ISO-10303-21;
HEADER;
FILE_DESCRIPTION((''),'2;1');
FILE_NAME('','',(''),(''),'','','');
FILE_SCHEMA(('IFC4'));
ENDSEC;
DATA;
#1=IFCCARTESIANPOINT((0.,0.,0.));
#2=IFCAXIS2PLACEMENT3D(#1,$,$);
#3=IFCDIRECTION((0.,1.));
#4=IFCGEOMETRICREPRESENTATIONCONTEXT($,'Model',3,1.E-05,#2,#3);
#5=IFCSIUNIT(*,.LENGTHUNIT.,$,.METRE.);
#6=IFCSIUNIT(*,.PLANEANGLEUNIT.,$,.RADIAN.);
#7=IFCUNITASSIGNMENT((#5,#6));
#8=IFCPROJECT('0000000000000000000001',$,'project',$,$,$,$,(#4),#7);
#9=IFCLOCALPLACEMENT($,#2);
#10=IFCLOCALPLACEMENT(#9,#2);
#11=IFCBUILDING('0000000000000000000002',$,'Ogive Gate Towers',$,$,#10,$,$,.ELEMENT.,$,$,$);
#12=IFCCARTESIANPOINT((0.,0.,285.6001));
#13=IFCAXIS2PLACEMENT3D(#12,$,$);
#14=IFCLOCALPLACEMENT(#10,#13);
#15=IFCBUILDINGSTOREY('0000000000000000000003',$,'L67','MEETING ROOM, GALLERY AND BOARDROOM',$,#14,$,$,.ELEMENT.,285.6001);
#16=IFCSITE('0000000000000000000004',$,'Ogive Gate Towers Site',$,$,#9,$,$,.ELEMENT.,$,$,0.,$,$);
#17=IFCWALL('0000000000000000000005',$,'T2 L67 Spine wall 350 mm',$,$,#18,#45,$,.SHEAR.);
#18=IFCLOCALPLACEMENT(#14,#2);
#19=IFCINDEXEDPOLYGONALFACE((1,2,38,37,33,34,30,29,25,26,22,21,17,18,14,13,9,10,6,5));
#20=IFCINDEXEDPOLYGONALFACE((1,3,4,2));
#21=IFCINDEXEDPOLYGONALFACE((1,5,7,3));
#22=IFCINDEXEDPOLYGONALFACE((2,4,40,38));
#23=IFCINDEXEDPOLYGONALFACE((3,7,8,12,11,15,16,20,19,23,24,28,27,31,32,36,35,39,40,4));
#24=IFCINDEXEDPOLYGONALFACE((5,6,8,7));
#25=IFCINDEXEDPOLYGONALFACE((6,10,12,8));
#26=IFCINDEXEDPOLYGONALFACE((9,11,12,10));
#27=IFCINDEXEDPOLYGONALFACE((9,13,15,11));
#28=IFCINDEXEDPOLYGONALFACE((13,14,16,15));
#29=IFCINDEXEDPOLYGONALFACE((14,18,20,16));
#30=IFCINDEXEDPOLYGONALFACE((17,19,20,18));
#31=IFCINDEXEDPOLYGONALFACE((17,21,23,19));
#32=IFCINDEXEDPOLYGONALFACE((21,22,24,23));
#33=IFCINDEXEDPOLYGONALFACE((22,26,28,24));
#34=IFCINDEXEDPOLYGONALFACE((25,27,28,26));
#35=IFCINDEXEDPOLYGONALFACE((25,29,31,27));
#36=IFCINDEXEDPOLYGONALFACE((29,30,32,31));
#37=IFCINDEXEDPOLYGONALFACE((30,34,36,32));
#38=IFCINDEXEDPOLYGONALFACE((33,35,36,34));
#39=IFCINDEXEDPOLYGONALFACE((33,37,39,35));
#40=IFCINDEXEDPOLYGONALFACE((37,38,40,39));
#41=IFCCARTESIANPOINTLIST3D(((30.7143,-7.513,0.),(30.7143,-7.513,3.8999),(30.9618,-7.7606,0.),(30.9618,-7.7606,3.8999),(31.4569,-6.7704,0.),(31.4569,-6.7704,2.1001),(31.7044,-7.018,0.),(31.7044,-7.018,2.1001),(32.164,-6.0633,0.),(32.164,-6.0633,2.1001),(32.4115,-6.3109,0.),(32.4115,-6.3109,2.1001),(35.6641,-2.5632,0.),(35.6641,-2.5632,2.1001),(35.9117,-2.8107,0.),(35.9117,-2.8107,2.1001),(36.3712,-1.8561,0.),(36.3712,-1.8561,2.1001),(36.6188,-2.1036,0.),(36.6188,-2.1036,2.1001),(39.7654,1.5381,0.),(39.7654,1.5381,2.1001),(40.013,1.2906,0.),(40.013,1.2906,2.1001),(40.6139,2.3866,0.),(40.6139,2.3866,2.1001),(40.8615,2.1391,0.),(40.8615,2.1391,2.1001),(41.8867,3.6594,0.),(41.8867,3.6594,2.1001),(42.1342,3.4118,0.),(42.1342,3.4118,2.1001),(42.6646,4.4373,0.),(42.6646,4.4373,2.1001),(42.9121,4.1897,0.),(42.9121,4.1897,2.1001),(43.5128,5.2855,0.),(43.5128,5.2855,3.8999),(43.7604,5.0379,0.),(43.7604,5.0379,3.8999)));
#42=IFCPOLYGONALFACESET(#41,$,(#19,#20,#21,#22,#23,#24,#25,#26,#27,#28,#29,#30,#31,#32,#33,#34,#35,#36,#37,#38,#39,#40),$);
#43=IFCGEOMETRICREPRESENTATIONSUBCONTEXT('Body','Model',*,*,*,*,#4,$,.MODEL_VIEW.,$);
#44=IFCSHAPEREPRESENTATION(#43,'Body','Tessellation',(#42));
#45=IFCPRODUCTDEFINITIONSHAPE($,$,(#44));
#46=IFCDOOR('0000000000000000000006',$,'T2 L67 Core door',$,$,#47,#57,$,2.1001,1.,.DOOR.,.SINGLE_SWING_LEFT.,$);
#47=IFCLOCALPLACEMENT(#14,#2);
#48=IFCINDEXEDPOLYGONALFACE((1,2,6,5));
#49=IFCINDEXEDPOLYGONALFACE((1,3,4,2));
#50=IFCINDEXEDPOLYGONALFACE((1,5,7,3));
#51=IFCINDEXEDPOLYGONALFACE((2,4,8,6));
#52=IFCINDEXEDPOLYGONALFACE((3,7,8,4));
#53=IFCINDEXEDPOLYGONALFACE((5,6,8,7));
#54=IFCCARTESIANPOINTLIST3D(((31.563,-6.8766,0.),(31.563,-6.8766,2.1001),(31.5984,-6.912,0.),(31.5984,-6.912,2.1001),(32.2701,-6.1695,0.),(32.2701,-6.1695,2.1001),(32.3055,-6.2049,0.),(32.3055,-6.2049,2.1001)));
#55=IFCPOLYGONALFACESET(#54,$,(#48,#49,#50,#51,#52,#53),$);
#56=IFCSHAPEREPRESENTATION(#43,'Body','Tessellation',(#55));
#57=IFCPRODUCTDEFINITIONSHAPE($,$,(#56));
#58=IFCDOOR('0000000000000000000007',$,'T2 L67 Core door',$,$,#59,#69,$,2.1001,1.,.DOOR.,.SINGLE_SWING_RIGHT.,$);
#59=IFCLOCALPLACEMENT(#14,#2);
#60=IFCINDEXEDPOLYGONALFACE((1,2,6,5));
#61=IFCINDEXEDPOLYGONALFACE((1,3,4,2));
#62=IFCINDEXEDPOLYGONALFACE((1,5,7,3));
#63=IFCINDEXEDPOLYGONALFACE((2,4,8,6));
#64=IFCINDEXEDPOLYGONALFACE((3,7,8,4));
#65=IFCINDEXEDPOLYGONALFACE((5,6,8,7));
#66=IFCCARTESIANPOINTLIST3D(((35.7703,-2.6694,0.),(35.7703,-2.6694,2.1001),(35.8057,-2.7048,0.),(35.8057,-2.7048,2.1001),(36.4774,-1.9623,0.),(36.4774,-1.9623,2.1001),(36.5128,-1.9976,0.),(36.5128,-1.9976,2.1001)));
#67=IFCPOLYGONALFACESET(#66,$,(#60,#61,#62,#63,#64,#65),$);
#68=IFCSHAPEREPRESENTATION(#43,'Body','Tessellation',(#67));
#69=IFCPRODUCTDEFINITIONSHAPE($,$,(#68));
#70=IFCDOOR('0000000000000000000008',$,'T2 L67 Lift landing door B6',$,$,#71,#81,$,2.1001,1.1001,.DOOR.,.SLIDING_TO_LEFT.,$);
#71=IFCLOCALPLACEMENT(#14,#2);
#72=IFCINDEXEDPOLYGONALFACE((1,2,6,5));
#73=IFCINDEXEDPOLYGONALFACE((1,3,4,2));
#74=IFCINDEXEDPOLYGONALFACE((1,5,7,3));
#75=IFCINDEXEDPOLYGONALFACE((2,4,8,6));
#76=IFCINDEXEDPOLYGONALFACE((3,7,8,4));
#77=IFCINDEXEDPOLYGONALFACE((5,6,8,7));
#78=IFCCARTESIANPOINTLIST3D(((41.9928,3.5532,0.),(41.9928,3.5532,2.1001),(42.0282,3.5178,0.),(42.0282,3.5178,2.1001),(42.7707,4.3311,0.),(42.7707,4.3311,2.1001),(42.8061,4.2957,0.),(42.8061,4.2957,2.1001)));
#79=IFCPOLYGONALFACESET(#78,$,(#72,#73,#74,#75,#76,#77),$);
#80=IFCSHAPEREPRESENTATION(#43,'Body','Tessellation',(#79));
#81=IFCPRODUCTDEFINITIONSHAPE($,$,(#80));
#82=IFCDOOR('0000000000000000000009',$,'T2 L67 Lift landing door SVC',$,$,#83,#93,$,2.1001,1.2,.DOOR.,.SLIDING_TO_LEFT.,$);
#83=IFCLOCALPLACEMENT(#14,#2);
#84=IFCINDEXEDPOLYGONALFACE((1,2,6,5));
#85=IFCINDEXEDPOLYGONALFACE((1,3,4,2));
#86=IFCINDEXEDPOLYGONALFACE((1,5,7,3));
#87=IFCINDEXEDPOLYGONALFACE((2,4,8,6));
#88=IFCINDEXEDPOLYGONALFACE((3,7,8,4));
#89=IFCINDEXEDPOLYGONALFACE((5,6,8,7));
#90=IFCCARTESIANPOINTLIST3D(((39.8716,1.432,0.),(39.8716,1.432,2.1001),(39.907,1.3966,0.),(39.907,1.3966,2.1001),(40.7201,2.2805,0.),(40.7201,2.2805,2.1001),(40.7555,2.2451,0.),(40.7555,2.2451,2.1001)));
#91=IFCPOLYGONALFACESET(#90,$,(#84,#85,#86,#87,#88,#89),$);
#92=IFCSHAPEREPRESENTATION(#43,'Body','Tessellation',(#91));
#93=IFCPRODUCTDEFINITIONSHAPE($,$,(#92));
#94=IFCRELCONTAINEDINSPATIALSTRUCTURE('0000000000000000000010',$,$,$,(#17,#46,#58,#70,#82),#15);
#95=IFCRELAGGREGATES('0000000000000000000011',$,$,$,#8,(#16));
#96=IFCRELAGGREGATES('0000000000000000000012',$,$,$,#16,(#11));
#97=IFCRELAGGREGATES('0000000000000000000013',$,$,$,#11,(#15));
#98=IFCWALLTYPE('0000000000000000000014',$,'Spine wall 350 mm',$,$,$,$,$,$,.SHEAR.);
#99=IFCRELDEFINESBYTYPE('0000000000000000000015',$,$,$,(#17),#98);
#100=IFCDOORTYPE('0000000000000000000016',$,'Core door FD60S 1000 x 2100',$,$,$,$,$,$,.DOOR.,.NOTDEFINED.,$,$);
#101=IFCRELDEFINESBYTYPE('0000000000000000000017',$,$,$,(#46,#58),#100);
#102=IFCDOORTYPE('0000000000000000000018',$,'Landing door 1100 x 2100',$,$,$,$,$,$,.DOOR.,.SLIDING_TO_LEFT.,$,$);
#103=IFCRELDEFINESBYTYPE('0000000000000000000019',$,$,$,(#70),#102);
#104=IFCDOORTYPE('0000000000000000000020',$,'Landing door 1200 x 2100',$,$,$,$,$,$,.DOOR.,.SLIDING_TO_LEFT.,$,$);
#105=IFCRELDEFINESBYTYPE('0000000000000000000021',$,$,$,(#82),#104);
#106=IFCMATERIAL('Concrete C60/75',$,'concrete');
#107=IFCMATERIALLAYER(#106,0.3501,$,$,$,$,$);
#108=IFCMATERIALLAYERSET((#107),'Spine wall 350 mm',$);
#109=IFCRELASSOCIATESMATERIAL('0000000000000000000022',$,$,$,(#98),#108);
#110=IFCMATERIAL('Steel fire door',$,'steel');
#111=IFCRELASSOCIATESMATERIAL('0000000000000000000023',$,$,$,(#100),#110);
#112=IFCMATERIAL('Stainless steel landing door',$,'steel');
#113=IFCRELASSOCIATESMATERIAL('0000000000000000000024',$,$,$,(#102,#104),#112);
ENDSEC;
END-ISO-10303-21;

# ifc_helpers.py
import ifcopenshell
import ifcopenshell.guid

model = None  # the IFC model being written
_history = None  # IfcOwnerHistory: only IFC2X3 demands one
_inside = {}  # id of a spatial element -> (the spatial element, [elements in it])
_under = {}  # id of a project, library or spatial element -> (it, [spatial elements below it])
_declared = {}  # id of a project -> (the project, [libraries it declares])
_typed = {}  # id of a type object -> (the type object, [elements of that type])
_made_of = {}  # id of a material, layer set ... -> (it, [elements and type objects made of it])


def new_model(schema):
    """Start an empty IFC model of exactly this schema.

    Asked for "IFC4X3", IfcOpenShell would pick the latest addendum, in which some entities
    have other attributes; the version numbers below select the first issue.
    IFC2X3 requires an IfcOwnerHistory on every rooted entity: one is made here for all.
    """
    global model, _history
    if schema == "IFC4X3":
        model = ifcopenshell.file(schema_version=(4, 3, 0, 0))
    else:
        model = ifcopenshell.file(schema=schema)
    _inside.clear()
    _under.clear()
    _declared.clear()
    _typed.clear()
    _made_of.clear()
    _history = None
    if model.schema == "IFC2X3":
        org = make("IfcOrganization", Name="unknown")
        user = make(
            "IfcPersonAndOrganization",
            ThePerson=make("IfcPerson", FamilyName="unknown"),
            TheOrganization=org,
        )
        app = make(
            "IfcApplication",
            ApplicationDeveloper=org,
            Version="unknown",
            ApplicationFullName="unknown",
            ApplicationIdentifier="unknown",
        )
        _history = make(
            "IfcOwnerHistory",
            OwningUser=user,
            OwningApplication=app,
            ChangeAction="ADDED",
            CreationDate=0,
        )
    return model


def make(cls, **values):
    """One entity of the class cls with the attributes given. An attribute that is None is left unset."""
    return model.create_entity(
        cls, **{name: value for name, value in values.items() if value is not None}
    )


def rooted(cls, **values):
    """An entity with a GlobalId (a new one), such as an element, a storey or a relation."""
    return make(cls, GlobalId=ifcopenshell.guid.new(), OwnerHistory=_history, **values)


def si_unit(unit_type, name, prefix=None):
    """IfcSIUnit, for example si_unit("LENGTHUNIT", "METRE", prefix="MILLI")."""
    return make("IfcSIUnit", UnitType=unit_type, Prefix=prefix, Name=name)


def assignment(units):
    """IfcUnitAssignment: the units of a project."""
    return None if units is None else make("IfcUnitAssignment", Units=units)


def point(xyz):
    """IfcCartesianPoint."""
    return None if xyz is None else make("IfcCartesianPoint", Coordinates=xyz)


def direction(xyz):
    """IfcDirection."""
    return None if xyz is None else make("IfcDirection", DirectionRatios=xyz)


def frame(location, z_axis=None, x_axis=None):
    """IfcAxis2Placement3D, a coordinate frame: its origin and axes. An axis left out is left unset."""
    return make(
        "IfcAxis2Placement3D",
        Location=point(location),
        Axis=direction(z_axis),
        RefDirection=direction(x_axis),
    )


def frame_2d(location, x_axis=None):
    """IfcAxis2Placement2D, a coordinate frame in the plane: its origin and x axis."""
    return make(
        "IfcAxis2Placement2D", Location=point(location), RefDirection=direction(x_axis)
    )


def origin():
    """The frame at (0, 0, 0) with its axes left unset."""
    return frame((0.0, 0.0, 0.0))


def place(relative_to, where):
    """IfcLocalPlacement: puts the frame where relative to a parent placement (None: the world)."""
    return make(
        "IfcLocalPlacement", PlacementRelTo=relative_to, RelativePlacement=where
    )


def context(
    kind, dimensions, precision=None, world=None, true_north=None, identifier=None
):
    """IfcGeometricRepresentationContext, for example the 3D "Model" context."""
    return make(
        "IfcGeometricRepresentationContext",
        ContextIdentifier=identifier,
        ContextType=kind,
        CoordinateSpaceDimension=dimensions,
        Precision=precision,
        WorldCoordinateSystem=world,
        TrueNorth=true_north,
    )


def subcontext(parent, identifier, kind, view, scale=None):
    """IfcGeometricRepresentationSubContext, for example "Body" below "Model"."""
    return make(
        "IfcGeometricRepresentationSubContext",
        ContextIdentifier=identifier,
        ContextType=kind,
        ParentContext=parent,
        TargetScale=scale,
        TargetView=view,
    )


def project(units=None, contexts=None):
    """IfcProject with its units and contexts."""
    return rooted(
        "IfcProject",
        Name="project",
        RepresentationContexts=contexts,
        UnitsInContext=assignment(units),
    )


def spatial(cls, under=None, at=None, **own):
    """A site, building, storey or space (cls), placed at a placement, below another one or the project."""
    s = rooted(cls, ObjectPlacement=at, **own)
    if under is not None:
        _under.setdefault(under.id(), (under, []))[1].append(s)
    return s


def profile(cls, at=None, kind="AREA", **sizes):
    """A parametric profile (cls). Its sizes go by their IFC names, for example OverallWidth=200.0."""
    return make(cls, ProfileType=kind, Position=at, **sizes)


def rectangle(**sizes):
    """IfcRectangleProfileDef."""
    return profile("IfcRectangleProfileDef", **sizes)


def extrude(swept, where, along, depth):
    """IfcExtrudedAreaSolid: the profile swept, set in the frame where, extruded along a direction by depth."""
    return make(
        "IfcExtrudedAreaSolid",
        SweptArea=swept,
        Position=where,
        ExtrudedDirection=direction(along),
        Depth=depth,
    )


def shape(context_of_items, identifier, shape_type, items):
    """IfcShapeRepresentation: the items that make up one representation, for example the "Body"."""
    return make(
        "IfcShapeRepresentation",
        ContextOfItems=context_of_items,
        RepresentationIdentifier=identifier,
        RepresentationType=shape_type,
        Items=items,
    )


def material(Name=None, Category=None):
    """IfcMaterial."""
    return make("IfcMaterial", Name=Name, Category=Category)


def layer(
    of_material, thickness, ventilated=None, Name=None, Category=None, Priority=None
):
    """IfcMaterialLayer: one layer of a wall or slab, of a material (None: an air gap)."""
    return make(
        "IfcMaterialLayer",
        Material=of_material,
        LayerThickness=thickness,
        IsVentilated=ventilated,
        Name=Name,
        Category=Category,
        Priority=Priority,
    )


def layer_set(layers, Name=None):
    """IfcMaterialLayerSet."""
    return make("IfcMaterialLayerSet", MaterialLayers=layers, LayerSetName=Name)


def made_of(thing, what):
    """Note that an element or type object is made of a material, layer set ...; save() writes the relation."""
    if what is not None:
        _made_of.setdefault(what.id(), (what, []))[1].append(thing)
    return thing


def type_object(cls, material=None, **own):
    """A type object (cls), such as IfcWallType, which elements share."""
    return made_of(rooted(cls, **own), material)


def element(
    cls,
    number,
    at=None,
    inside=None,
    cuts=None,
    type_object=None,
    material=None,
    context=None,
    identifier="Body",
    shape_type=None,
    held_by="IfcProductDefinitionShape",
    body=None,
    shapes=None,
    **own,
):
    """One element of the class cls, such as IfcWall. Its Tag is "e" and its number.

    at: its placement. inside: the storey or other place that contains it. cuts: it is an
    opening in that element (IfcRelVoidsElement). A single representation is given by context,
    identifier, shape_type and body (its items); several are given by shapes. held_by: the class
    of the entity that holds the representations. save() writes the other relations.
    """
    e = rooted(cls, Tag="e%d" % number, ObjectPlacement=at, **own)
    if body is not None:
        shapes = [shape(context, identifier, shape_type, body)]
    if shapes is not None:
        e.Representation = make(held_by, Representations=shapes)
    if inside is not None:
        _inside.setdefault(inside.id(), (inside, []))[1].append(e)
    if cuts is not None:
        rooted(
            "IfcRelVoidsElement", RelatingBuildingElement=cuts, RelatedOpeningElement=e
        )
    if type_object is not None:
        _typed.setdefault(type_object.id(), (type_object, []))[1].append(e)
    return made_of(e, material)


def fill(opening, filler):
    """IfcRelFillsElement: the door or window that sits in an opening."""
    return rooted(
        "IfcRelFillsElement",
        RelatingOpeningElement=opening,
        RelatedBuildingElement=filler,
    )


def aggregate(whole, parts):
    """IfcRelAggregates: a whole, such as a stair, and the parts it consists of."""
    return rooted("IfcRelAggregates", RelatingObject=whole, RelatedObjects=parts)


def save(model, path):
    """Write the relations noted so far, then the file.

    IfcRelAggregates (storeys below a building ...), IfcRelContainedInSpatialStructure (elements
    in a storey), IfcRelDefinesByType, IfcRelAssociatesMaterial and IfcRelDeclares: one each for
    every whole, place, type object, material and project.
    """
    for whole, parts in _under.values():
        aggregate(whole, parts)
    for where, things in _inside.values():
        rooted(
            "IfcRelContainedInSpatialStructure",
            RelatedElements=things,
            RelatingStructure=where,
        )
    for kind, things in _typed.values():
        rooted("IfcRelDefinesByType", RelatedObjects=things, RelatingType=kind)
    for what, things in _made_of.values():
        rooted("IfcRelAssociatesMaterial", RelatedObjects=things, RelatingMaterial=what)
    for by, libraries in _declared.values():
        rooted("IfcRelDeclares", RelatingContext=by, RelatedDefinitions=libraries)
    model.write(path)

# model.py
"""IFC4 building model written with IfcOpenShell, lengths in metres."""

from ifc_helpers import new_model, si_unit, direction, frame, frame_2d, origin, place, context, subcontext, project, spatial, rectangle, extrude, material, layer, layer_set, type_object, element, fill, save


model = new_model("IFC4")

# Units and contexts
model_context = context("Model", 3, precision=1e-05, world=origin(), true_north=direction((0.0, 1.0)))
body_context = subcontext(model_context, "Body", "Model", "MODEL_VIEW")
ifc_project = project(units=[si_unit("LENGTHUNIT", "METRE"), si_unit("PLANEANGLEUNIT", "RADIAN")], contexts=[model_context])

# Site, building, storey
site_placement = place(None, origin())
site = spatial("IfcSite", under=ifc_project, at=site_placement, Name="Ogive Gate Towers Site", CompositionType="ELEMENT", RefElevation=0.0)
building_placement = place(site_placement, origin())
building = spatial("IfcBuilding", under=site, at=building_placement, Name="Ogive Gate Towers", CompositionType="ELEMENT")
storey_placement = place(building_placement, frame((0.0, 0.0, 285.6001)))
storey = spatial("IfcBuildingStorey", under=building, at=storey_placement, Name="L67", Description="MEETING ROOM, GALLERY AND BOARDROOM", CompositionType="ELEMENT", Elevation=285.6001)

# Shared definitions
ifc_material_1 = material(Name="Concrete C60/75", Category="concrete")

# Wall, openings, doors
ifc_layer_1 = layer(ifc_material_1, 0.3501)
ifc_layer_set_1 = layer_set([ifc_layer_1], Name="Spine wall 350 mm")
wall_type_1 = type_object("IfcWallType", Name="Spine wall 350 mm", PredefinedType="SHEAR", material=ifc_layer_set_1)
wall_1_placement = place(storey_placement, frame((30.8381, -7.6367, 0.0), z_axis=(0.0, 0.0, 1.0), x_axis=(0.707107, 0.707107, 0.0)))
wall_1 = element("IfcWall", 1, at=wall_1_placement, inside=storey, type_object=wall_type_1, Name="T2 L67 Spine wall 350 mm", PredefinedType="SHEAR", context=body_context, shape_type="SweptSolid", body=[
    extrude(rectangle(XDim=18.0999, YDim=0.3501, at=frame_2d((9.0498, 0.0))), origin(), (0.0, 0.0, 1.0), 3.8999),
])
opening_1_placement = place(wall_1_placement, frame((12.8, 0.0, 0.0)))
opening_1 = element("IfcOpeningElement", 2, at=opening_1_placement, cuts=wall_1, PredefinedType="OPENING", context=body_context, shape_type="SweptSolid", body=[
    extrude(rectangle(XDim=1.2, YDim=2.1001, at=frame_2d((0.6001, 1.05))), frame((0.0, 0.1851, 0.0), z_axis=(0.0, -1.0, 0.0), x_axis=(1.0, 0.0, 0.0)), (0.0, 0.0, 1.0), 0.3701),
])
opening_2_placement = place(wall_1_placement, frame((15.8, 0.0, 0.0)))
opening_2 = element("IfcOpeningElement", 3, at=opening_2_placement, cuts=wall_1, PredefinedType="OPENING", context=body_context, shape_type="SweptSolid", body=[
    extrude(rectangle(XDim=1.1001, YDim=2.1001, at=frame_2d((0.55, 1.05))), frame((0.0, 0.1851, 0.0), z_axis=(0.0, -1.0, 0.0), x_axis=(1.0, 0.0, 0.0)), (0.0, 0.0, 1.0), 0.3701),
])
opening_3_placement = place(wall_1_placement, frame((1.05, 0.0, 0.0)))
opening_3 = element("IfcOpeningElement", 4, at=opening_3_placement, cuts=wall_1, PredefinedType="OPENING", context=body_context, shape_type="SweptSolid", body=[
    extrude(rectangle(XDim=1.0, YDim=2.1001, at=frame_2d((0.5, 1.05))), frame((0.0, 0.1851, 0.0), z_axis=(0.0, -1.0, 0.0), x_axis=(1.0, 0.0, 0.0)), (0.0, 0.0, 1.0), 0.3701),
])
opening_4_placement = place(wall_1_placement, frame((7.0, 0.0, 0.0)))
opening_4 = element("IfcOpeningElement", 5, at=opening_4_placement, cuts=wall_1, PredefinedType="OPENING", context=body_context, shape_type="SweptSolid", body=[
    extrude(rectangle(XDim=1.0, YDim=2.1001, at=frame_2d((0.5, 1.05))), frame((0.0, 0.1851, 0.0), z_axis=(0.0, -1.0, 0.0), x_axis=(1.0, 0.0, 0.0)), (0.0, 0.0, 1.0), 0.3701),
])
ifc_material_2 = material(Name="Steel fire door", Category="steel")
door_type_1 = type_object("IfcDoorType", Name="Core door FD60S 1000 x 2100", OperationType="NOTDEFINED", PredefinedType="DOOR", material=ifc_material_2)
door_1_placement = place(opening_3_placement, origin())
door_1 = element("IfcDoor", 6, at=door_1_placement, inside=storey, type_object=door_type_1, Name="T2 L67 Core door", OperationType="SINGLE_SWING_LEFT", OverallHeight=2.1001, OverallWidth=1.0, PredefinedType="DOOR", context=body_context, shape_type="SweptSolid", body=[
    extrude(rectangle(XDim=1.0, YDim=2.1001, at=frame_2d((0.5, 1.05))), frame((0.0, 0.0249, 0.0), z_axis=(0.0, -1.0, 0.0), x_axis=(1.0, 0.0, 0.0)), (0.0, 0.0, 1.0), 0.05),
])
fill(opening_3, door_1)
door_2_placement = place(opening_4_placement, origin())
door_2 = element("IfcDoor", 7, at=door_2_placement, inside=storey, type_object=door_type_1, Name="T2 L67 Core door", OperationType="SINGLE_SWING_RIGHT", OverallHeight=2.1001, OverallWidth=1.0, PredefinedType="DOOR", context=body_context, shape_type="SweptSolid", body=[
    extrude(rectangle(XDim=1.0, YDim=2.1001, at=frame_2d((0.5, 1.05))), frame((0.0, 0.0249, 0.0), z_axis=(0.0, -1.0, 0.0), x_axis=(1.0, 0.0, 0.0)), (0.0, 0.0, 1.0), 0.05),
])
fill(opening_4, door_2)
ifc_material_3 = material(Name="Stainless steel landing door", Category="steel")
door_type_2 = type_object("IfcDoorType", Name="Landing door 1100 x 2100", OperationType="SLIDING_TO_LEFT", PredefinedType="DOOR", material=ifc_material_3)
door_3_placement = place(opening_2_placement, origin())
door_3 = element("IfcDoor", 8, at=door_3_placement, inside=storey, type_object=door_type_2, Name="T2 L67 Lift landing door B6", OperationType="SLIDING_TO_LEFT", OverallHeight=2.1001, OverallWidth=1.1001, PredefinedType="DOOR", context=body_context, shape_type="SweptSolid", body=[
    extrude(rectangle(XDim=1.1001, YDim=2.1001, at=frame_2d((0.55, 1.05))), frame((0.0, 0.0249, 0.0), z_axis=(0.0, -1.0, 0.0), x_axis=(1.0, 0.0, 0.0)), (0.0, 0.0, 1.0), 0.05),
])
fill(opening_2, door_3)
door_type_3 = type_object("IfcDoorType", Name="Landing door 1200 x 2100", OperationType="SLIDING_TO_LEFT", PredefinedType="DOOR", material=ifc_material_3)
door_4_placement = place(opening_1_placement, origin())
door_4 = element("IfcDoor", 9, at=door_4_placement, inside=storey, type_object=door_type_3, Name="T2 L67 Lift landing door SVC", OperationType="SLIDING_TO_LEFT", OverallHeight=2.1001, OverallWidth=1.2, PredefinedType="DOOR", context=body_context, shape_type="SweptSolid", body=[
    extrude(rectangle(XDim=1.2, YDim=2.1001, at=frame_2d((0.6001, 1.05))), frame((0.0, 0.0249, 0.0), z_axis=(0.0, -1.0, 0.0), x_axis=(1.0, 0.0, 0.0)), (0.0, 0.0, 1.0), 0.05),
])
fill(opening_1, door_4)

save(model, "model.ifc")
